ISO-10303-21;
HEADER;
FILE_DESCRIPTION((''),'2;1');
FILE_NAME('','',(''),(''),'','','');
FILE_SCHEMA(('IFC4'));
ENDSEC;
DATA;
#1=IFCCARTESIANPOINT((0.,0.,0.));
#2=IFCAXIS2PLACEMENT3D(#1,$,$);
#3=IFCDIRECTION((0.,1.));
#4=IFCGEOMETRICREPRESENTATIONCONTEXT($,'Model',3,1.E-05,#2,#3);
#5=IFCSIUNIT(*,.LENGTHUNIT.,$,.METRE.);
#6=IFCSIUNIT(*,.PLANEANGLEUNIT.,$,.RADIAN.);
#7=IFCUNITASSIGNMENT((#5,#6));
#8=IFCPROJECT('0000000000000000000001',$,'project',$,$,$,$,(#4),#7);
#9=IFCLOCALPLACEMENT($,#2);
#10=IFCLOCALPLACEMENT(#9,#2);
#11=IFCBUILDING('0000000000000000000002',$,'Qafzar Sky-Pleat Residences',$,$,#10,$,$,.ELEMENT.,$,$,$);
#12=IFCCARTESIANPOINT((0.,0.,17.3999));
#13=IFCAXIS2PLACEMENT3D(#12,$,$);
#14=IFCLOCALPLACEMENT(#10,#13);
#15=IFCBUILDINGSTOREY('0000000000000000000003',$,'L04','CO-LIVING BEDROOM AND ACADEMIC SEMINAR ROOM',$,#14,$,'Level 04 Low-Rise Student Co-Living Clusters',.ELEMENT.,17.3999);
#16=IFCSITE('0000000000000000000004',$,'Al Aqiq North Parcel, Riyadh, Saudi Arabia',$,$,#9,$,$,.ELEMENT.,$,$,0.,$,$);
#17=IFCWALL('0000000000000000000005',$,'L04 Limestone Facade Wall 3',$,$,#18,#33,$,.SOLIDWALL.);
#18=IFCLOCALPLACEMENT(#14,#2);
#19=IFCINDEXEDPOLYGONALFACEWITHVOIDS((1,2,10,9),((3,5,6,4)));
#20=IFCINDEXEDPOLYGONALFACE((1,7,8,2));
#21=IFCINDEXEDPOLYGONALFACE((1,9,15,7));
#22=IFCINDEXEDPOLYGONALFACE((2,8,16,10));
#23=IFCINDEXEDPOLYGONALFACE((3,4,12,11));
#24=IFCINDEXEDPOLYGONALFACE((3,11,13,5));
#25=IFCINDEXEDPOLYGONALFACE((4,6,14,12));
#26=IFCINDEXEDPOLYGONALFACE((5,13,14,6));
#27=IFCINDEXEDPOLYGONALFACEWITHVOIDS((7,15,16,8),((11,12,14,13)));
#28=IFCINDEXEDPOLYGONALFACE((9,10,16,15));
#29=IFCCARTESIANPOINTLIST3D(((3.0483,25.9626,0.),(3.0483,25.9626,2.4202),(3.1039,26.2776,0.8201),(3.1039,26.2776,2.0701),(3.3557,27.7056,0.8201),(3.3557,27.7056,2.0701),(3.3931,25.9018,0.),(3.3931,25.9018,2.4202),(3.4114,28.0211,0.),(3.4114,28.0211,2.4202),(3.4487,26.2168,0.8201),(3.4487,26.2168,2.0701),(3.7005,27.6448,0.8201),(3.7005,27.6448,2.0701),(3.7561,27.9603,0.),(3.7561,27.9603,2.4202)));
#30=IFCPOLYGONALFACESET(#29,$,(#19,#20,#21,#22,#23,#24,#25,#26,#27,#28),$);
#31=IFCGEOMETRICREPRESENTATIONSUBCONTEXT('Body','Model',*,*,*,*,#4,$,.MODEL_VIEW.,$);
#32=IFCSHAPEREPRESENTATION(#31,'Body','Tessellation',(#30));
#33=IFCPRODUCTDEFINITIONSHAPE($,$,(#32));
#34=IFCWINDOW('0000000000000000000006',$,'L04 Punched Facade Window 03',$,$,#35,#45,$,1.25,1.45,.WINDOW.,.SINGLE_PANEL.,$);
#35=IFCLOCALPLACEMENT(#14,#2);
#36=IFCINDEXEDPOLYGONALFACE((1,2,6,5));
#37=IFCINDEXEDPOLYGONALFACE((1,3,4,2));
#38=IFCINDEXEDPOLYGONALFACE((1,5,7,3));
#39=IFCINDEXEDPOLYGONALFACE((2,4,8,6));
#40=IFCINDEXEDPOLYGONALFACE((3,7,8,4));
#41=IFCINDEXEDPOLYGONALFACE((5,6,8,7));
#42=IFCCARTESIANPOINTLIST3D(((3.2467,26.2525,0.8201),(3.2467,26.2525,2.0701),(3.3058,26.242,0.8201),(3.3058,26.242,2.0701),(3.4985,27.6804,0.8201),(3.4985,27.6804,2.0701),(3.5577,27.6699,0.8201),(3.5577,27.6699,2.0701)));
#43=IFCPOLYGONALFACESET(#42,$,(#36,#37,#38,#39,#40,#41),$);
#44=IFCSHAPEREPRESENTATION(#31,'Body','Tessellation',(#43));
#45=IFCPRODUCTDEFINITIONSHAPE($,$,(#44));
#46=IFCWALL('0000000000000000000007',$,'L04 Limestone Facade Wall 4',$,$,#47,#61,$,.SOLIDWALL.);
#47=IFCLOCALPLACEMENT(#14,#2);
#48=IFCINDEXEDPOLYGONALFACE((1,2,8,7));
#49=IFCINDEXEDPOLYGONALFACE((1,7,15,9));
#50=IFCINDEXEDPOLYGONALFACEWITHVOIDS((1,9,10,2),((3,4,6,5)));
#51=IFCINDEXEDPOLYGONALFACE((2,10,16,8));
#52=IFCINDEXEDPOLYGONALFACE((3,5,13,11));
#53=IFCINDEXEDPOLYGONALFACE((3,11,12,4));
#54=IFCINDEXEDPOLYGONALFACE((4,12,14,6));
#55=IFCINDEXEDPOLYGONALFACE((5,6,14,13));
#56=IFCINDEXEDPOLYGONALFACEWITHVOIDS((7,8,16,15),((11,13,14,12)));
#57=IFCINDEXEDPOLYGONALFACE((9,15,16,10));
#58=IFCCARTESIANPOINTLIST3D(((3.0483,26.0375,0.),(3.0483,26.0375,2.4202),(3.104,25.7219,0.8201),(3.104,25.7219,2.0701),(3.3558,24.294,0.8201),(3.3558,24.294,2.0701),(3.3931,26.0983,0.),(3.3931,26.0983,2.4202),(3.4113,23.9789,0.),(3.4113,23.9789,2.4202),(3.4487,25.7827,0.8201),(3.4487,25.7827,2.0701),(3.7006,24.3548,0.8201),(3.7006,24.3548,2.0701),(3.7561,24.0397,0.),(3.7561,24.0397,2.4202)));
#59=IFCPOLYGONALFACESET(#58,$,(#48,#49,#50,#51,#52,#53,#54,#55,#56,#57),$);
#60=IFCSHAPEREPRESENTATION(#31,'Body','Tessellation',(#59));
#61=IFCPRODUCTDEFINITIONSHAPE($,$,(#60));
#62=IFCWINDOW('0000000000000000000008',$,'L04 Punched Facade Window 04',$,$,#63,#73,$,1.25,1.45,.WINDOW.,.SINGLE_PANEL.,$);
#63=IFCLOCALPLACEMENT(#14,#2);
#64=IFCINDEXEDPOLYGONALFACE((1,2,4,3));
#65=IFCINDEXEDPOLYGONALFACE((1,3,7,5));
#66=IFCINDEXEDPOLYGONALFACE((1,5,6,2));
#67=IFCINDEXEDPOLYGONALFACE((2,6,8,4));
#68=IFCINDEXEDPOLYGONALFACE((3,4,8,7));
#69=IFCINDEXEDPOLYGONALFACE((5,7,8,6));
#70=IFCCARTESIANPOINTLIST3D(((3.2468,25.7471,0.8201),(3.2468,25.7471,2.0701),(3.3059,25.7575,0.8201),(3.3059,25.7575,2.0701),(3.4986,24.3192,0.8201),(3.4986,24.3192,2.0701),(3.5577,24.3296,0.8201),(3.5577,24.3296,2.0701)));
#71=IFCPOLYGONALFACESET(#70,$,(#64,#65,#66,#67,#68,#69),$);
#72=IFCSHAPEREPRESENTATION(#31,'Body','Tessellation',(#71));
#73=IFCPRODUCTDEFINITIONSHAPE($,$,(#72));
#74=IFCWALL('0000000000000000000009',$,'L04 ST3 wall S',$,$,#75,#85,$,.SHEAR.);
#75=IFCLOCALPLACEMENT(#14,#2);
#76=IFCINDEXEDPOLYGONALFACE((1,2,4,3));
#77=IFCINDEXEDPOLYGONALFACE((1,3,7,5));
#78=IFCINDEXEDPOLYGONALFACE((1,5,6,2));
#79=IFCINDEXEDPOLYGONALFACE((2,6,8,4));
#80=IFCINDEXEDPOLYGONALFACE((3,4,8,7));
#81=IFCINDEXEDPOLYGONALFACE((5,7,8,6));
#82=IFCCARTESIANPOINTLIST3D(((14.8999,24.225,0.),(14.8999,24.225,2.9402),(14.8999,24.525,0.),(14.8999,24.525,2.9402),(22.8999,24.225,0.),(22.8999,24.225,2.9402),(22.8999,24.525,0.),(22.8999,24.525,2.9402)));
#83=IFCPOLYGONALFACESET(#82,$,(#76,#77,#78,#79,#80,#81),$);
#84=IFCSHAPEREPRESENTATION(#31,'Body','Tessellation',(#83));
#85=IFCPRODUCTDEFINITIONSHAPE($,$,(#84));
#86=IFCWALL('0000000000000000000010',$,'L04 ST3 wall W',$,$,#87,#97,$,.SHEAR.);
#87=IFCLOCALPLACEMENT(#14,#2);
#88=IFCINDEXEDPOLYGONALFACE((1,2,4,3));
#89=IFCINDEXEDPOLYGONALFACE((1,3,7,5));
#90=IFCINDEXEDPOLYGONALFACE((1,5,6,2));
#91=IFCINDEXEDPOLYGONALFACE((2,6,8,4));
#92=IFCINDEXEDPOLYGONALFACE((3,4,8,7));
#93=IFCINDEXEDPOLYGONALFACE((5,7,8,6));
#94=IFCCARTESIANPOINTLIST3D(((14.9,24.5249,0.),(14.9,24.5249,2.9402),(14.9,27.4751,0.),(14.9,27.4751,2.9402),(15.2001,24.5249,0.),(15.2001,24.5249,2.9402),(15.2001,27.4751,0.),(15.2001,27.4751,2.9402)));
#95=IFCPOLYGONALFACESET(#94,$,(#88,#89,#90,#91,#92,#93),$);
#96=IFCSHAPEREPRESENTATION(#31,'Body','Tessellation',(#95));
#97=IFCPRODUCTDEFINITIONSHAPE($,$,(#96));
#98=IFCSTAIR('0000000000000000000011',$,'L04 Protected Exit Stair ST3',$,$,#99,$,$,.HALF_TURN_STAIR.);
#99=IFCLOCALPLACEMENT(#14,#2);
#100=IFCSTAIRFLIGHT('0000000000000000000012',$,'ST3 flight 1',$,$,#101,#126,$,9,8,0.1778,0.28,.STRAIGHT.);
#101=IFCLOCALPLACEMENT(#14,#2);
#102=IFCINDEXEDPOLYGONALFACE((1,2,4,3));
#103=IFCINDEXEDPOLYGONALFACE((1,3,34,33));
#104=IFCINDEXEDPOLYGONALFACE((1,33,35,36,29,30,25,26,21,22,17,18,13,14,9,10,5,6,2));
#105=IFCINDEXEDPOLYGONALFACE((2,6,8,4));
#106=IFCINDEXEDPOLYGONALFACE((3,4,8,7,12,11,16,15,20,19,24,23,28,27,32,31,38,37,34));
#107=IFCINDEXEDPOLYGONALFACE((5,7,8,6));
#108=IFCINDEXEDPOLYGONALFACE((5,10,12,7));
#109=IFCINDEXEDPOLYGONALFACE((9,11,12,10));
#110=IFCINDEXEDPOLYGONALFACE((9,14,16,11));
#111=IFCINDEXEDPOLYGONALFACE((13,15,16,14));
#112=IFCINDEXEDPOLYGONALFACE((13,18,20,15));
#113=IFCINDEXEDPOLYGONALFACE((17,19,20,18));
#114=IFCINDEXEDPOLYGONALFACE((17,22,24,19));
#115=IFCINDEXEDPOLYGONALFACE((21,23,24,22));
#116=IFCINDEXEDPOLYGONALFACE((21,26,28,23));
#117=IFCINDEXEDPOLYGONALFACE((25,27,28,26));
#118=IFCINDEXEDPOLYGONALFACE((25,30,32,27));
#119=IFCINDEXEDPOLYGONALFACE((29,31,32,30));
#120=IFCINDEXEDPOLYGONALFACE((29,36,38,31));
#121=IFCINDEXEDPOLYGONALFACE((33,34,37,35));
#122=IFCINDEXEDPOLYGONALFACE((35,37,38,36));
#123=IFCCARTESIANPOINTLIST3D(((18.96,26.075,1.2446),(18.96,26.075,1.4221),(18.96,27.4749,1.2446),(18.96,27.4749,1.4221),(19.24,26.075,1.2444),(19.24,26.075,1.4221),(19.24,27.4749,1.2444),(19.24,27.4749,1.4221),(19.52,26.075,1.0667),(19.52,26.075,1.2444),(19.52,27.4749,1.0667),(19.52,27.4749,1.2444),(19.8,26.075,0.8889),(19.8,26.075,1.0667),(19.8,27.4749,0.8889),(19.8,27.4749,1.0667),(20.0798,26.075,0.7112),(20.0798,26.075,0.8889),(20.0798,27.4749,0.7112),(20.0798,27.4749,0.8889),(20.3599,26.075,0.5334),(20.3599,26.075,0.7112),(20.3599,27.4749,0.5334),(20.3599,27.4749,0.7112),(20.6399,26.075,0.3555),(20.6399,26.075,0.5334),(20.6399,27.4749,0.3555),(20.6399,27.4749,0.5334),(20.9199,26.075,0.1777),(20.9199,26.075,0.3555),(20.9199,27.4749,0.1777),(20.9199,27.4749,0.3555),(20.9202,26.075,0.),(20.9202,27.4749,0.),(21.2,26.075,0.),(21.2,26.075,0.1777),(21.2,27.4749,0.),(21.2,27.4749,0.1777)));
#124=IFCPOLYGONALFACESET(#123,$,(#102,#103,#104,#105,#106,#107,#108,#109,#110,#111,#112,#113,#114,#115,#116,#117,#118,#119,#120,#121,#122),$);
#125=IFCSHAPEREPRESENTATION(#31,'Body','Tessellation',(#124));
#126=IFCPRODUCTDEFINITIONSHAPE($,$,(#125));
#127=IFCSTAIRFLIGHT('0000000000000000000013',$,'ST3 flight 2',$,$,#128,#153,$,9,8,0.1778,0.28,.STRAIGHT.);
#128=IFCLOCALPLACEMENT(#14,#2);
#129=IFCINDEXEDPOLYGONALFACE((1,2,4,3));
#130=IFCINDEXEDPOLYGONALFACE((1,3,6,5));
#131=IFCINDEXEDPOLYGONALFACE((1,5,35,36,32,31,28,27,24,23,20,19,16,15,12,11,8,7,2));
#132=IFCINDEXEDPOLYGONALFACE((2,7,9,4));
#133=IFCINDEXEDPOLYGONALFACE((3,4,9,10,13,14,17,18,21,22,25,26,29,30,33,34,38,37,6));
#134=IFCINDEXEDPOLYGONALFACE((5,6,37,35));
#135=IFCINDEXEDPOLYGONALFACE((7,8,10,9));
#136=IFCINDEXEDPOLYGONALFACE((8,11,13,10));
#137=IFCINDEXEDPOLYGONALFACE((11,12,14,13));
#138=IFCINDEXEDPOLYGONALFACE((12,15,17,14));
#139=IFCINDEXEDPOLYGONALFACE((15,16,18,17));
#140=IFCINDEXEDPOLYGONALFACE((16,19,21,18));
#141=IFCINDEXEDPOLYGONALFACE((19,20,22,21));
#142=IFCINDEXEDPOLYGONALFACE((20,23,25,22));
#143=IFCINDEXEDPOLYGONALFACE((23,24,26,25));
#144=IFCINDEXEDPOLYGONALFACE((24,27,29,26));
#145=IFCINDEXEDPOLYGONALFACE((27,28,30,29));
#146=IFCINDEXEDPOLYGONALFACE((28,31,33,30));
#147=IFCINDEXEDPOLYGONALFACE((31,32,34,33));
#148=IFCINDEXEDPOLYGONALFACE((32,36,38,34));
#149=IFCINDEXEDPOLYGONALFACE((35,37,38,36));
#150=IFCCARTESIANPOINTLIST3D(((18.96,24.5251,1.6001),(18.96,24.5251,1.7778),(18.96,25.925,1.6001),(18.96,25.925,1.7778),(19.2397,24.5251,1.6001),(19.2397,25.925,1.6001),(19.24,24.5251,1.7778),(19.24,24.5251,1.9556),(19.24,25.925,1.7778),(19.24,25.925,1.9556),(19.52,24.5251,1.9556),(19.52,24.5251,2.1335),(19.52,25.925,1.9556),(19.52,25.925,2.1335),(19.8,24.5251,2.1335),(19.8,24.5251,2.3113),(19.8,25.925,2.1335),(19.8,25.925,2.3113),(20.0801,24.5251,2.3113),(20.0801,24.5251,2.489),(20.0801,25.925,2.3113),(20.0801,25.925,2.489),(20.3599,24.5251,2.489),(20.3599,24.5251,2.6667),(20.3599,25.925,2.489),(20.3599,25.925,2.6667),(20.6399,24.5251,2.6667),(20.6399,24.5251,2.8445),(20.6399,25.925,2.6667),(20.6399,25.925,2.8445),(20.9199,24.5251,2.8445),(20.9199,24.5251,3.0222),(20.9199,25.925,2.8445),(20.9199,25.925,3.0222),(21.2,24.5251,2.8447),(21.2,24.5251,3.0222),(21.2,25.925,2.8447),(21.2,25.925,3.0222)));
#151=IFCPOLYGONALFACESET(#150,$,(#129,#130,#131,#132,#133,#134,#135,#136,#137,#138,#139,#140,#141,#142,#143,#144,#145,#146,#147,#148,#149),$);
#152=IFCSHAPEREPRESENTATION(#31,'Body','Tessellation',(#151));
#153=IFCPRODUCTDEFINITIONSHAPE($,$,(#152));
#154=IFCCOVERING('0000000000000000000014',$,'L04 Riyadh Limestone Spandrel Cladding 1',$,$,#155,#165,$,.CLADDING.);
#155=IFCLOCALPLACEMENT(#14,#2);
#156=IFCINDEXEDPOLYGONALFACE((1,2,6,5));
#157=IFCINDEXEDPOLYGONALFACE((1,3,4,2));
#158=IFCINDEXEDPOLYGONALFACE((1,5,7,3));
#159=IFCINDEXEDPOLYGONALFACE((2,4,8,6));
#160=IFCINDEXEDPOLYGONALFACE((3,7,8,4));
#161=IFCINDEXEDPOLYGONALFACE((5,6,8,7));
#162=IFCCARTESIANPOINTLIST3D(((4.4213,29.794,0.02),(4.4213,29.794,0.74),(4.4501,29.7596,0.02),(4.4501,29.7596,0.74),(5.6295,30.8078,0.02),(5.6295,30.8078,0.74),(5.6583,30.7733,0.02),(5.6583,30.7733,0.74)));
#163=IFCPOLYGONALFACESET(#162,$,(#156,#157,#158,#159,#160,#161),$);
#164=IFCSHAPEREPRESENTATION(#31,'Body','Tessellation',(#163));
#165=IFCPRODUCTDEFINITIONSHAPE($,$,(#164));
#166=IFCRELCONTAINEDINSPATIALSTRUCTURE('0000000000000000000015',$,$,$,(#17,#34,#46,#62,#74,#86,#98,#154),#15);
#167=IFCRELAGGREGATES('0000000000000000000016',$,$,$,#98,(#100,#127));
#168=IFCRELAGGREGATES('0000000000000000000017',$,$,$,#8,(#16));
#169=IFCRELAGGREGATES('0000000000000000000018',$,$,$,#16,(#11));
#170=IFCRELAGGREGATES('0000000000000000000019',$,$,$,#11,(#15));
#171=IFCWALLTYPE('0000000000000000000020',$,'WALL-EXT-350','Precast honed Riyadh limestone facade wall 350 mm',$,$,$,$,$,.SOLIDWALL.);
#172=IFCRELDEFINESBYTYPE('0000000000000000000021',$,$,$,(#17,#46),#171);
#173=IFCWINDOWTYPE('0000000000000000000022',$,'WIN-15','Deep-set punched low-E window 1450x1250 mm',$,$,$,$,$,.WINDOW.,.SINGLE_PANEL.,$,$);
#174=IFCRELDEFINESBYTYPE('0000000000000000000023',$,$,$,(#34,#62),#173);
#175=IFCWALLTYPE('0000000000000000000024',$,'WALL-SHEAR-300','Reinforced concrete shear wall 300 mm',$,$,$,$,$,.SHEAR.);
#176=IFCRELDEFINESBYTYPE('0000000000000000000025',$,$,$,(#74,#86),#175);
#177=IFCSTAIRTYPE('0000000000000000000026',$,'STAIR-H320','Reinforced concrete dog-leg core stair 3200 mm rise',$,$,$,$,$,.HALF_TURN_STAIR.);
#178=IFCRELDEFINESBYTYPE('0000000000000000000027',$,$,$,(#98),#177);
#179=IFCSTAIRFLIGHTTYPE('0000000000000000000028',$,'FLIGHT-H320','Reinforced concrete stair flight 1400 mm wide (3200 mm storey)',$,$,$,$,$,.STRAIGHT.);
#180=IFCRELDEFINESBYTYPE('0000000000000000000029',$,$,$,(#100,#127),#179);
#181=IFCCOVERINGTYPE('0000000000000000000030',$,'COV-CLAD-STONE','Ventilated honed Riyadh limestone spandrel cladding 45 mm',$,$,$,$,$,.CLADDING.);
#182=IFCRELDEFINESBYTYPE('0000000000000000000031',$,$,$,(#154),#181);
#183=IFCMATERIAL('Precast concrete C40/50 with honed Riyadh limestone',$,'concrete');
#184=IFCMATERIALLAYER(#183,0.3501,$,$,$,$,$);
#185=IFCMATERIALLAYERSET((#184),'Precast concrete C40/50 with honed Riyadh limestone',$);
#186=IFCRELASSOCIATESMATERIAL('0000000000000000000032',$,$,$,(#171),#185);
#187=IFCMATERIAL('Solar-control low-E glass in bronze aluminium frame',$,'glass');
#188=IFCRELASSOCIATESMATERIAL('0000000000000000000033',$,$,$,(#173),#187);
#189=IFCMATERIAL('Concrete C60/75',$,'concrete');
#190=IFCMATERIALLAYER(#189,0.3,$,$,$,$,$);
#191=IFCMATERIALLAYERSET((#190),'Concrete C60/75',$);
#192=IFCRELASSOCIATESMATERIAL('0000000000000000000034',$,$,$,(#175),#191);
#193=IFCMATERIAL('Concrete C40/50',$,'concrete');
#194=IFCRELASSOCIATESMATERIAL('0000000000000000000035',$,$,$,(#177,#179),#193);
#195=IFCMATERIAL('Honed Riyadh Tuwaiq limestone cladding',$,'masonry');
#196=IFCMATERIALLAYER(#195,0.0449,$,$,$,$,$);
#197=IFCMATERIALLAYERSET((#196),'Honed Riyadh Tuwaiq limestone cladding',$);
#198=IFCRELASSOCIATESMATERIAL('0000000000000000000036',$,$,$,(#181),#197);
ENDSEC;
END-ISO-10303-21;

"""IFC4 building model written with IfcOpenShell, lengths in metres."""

from ifc_helpers import new_model, si_unit, direction, frame, frame_2d, origin, origin_2d, place, context, subcontext, project, spatial, polyline, rectangle, outline, extrude, source, transform, mapped, material, layer, layer_set, type_object, element, fill, aggregate, save


model = new_model("IFC4")

# Units and contexts
model_context = context("Model", 3, precision=1e-05, world=origin(), true_north=direction((0.0, 1.0)))
body_context = subcontext(model_context, "Body", "Model", "MODEL_VIEW")
ifc_project = project(units=[si_unit("LENGTHUNIT", "METRE"), si_unit("PLANEANGLEUNIT", "RADIAN")], contexts=[model_context])

# Site, building, storey
site_placement = place(None, origin())
site = spatial("IfcSite", under=ifc_project, at=site_placement, Name="Al Aqiq North Parcel, Riyadh, Saudi Arabia", CompositionType="ELEMENT", RefElevation=0.0)
building_placement = place(site_placement, origin())
building = spatial("IfcBuilding", under=site, at=building_placement, Name="Qafzar Sky-Pleat Residences", CompositionType="ELEMENT")
storey_placement = place(building_placement, frame((0.0, 0.0, 17.3999)))
storey = spatial("IfcBuildingStorey", under=building, at=storey_placement, Name="L04", Description="CO-LIVING BEDROOM AND ACADEMIC SEMINAR ROOM", LongName="Level 04 Low-Rise Student Co-Living Clusters", CompositionType="ELEMENT", Elevation=17.3999)

# Shared definitions
ifc_material_1 = material(Name="Concrete C60/75", Category="concrete")

# Shared definitions
ifc_material_2 = material(Name="Precast concrete C40/50 with honed Riyadh limestone", Category="concrete")
ifc_layer_1 = layer(ifc_material_2, 0.3501)
ifc_layer_set_1 = layer_set([ifc_layer_1], Name="Precast concrete C40/50 with honed Riyadh limestone")
wall_type_1 = type_object("IfcWallType", Name="WALL-EXT-350", Description="Precast honed Riyadh limestone facade wall 350 mm", PredefinedType="SOLIDWALL", material=ifc_layer_set_1)

# Walls, openings, windows
ifc_material_3 = material(Name="Solar-control low-E glass in bronze aluminium frame", Category="glass")
window_type = type_object("IfcWindowType", Name="WIN-15", Description="Deep-set punched low-E window 1450x1250 mm", PartitioningType="SINGLE_PANEL", PredefinedType="WINDOW", material=ifc_material_3)
shared_shape_1 = source(origin(), body_context, "Body", "SweptSolid", [
    extrude(rectangle(XDim=1.45, YDim=1.25, at=frame_2d((0.7251, 0.625))), frame((0.0, 0.03, 0.0), z_axis=(0.0, -1.0, 0.0), x_axis=(1.0, 0.0, 0.0)), (0.0, 0.0, 1.0), 0.0601),
])
wall_1_placement = place(storey_placement, frame((3.5837, 27.9907, 0.0), z_axis=(0.0, 0.0, 1.0), x_axis=(-0.173672, -0.984804, 0.0)))
wall_1 = element("IfcWall", 1, at=wall_1_placement, inside=storey, type_object=wall_type_1, Name="L04 Limestone Facade Wall 3", PredefinedType="SOLIDWALL", context=body_context, shape_type="SweptSolid", body=[
    extrude(rectangle(XDim=2.0903, YDim=0.3501, at=frame_2d((1.0452, 0.0))), origin(), (0.0, 0.0, 1.0), 2.4202),
])
opening_1_placement = place(wall_1_placement, frame((0.3203, 0.0, 0.8201)))
opening_1 = element("IfcOpeningElement", 2, at=opening_1_placement, cuts=wall_1, PredefinedType="OPENING", context=body_context, shape_type="SweptSolid", body=[
    extrude(rectangle(XDim=1.45, YDim=1.25, at=frame_2d((0.7251, 0.625))), frame((0.0, 0.1851, 0.0), z_axis=(0.0, -1.0, 0.0), x_axis=(1.0, 0.0, 0.0)), (0.0, 0.0, 1.0), 0.3701),
])
window_1_placement = place(opening_1_placement, origin())
window_1 = element("IfcWindow", 3, at=window_1_placement, inside=storey, type_object=window_type, Name="L04 Punched Facade Window 03", OverallHeight=1.25, OverallWidth=1.45, PartitioningType="SINGLE_PANEL", PredefinedType="WINDOW", context=body_context, shape_type="MappedRepresentation", body=[
    mapped(shared_shape_1, transform((0.0, 0.0, 0.0), x_axis=(1.0, 0.0, 0.0), y_axis=(0.0, 1.0, 0.0), z_axis=(0.0, 0.0, 1.0), scale=1.0)),
])
fill(opening_1, window_1)
wall_2_placement = place(storey_placement, frame((3.2207, 26.0679, 0.0), z_axis=(0.0, 0.0, 1.0), x_axis=(0.173672, -0.984804, 0.0)))
wall_2 = element("IfcWall", 4, at=wall_2_placement, inside=storey, type_object=wall_type_1, Name="L04 Limestone Facade Wall 4", PredefinedType="SOLIDWALL", context=body_context, shape_type="SweptSolid", body=[
    extrude(rectangle(XDim=2.0903, YDim=0.3501, at=frame_2d((1.0452, 0.0))), origin(), (0.0, 0.0, 1.0), 2.4202),
])
opening_2_placement = place(wall_2_placement, frame((0.3203, 0.0, 0.8201)))
opening_2 = element("IfcOpeningElement", 5, at=opening_2_placement, cuts=wall_2, PredefinedType="OPENING", context=body_context, shape_type="SweptSolid", body=[
    extrude(rectangle(XDim=1.45, YDim=1.25, at=frame_2d((0.7251, 0.625))), frame((0.0, 0.1851, 0.0), z_axis=(0.0, -1.0, 0.0), x_axis=(1.0, 0.0, 0.0)), (0.0, 0.0, 1.0), 0.3701),
])
window_2_placement = place(opening_2_placement, origin())
window_2 = element("IfcWindow", 6, at=window_2_placement, inside=storey, type_object=window_type, Name="L04 Punched Facade Window 04", OverallHeight=1.25, OverallWidth=1.45, PartitioningType="SINGLE_PANEL", PredefinedType="WINDOW", context=body_context, shape_type="MappedRepresentation", body=[
    mapped(shared_shape_1, transform((0.0, 0.0, 0.0), x_axis=(1.0, 0.0, 0.0), y_axis=(0.0, 1.0, 0.0), z_axis=(0.0, 0.0, 1.0), scale=1.0)),
])
fill(opening_2, window_2)

# Walls
ifc_layer_2 = layer(ifc_material_1, 0.3)
ifc_layer_set_2 = layer_set([ifc_layer_2], Name="Concrete C60/75")
wall_type_2 = type_object("IfcWallType", Name="WALL-SHEAR-300", Description="Reinforced concrete shear wall 300 mm", PredefinedType="SHEAR", material=ifc_layer_set_2)
wall_3_placement = place(storey_placement, frame((14.8999, 24.375, 0.0), z_axis=(0.0, 0.0, 1.0), x_axis=(1.0, 0.0, 0.0)))
element("IfcWall", 7, at=wall_3_placement, inside=storey, type_object=wall_type_2, Name="L04 ST3 wall S", PredefinedType="SHEAR", context=body_context, shape_type="SweptSolid", body=[
    extrude(rectangle(XDim=8.0, YDim=0.3, at=frame_2d((4.0, 0.0))), origin(), (0.0, 0.0, 1.0), 2.9402),
])
wall_4_placement = place(storey_placement, frame((15.05, 27.4751, 0.0), z_axis=(0.0, 0.0, 1.0), x_axis=(0.0, -1.0, 0.0)))
element("IfcWall", 8, at=wall_4_placement, inside=storey, type_object=wall_type_2, Name="L04 ST3 wall W", PredefinedType="SHEAR", context=body_context, shape_type="SweptSolid", body=[
    extrude(rectangle(XDim=2.9502, YDim=0.3, at=frame_2d((1.4751, 0.0))), origin(), (0.0, 0.0, 1.0), 2.9402),
])

# Stair, stair flights
ifc_material_4 = material(Name="Concrete C40/50", Category="concrete")
stair_type = type_object("IfcStairType", Name="STAIR-H320", Description="Reinforced concrete dog-leg core stair 3200 mm rise", PredefinedType="HALF_TURN_STAIR", material=ifc_material_4)
stair_placement = place(storey_placement, origin())
stair = element("IfcStair", 9, at=stair_placement, inside=storey, type_object=stair_type, Name="L04 Protected Exit Stair ST3", PredefinedType="HALF_TURN_STAIR")
stair_flight_type = type_object("IfcStairFlightType", Name="FLIGHT-H320", Description="Reinforced concrete stair flight 1400 mm wide (3200 mm storey)", PredefinedType="STRAIGHT", material=ifc_material_4)
shared_shape_2 = source(origin(), body_context, "Body", "SweptSolid", [
    extrude(outline(polyline([(0.0, 0.0), (0.0, 0.1777), (0.28, 0.1777), (0.28, 0.3555), (0.5601, 0.3555), (0.5601, 0.5334), (0.8401, 0.5334), (0.8401, 0.7112), (1.1201, 0.7112), (1.1201, 0.8889), (1.3999, 0.8889), (1.3999, 1.0667), (1.6799, 1.0667), (1.6799, 1.2444), (1.96, 1.2444), (1.96, 1.4221), (2.24, 1.4221), (2.24, 1.6001), (2.24, 1.2446), (0.2798, 0.0), (0.0, 0.0)])), frame((0.0, 0.7, 0.0), z_axis=(0.0, -1.0, 0.0), x_axis=(1.0, 0.0, 0.0)), (0.0, 0.0, 1.0), 1.3999),
])
stair_flight_1_placement = place(storey_placement, frame((21.2, 26.7749, 0.0), z_axis=(0.0, 0.0, 1.0), x_axis=(-1.0, 0.0, 0.0)))
stair_flight_1 = element("IfcStairFlight", 10, at=stair_flight_1_placement, type_object=stair_flight_type, Name="ST3 flight 1", NumberOfRisers=9, NumberOfTreads=8, PredefinedType="STRAIGHT", RiserHeight=0.1778, TreadLength=0.28, context=body_context, shape_type="MappedRepresentation", body=[
    mapped(shared_shape_2, transform((0.0, 0.0, 0.0), x_axis=(1.0, 0.0, 0.0), y_axis=(0.0, 1.0, 0.0), z_axis=(0.0, 0.0, 1.0), scale=1.0)),
])
stair_flight_2_placement = place(storey_placement, frame((18.96, 25.2251, 1.6001), z_axis=(0.0, 0.0, 1.0), x_axis=(1.0, 0.0, 0.0)))
stair_flight_2 = element("IfcStairFlight", 11, at=stair_flight_2_placement, type_object=stair_flight_type, Name="ST3 flight 2", NumberOfRisers=9, NumberOfTreads=8, PredefinedType="STRAIGHT", RiserHeight=0.1778, TreadLength=0.28, context=body_context, shape_type="MappedRepresentation", body=[
    mapped(shared_shape_2, transform((0.0, 0.0, 0.0), x_axis=(1.0, 0.0, 0.0), y_axis=(0.0, 1.0, 0.0), z_axis=(0.0, 0.0, 1.0), scale=1.0)),
])
aggregate(stair, [stair_flight_1, stair_flight_2])

# Covering
ifc_material_5 = material(Name="Honed Riyadh Tuwaiq limestone cladding", Category="masonry")
ifc_layer_3 = layer(ifc_material_5, 0.0449)
ifc_layer_set_3 = layer_set([ifc_layer_3], Name="Honed Riyadh Tuwaiq limestone cladding")
covering_type = type_object("IfcCoveringType", Name="COV-CLAD-STONE", Description="Ventilated honed Riyadh limestone spandrel cladding 45 mm", PredefinedType="CLADDING", material=ifc_layer_set_3)
shared_shape_3 = source(origin(), body_context, "Body", "SweptSolid", [
    extrude(rectangle(XDim=1.5771, YDim=0.0449, at=origin_2d()), origin(), (0.0, 0.0, 1.0), 0.72),
])
covering_1_placement = place(storey_placement, frame((5.0398, 30.2837, 0.02), z_axis=(0.0, 0.0, 1.0), x_axis=(-0.766075, -0.642752, 0.0)))
element("IfcCovering", 12, at=covering_1_placement, inside=storey, type_object=covering_type, Name="L04 Riyadh Limestone Spandrel Cladding 1", PredefinedType="CLADDING", context=body_context, shape_type="MappedRepresentation", body=[
    mapped(shared_shape_3, transform((0.0, 0.0, 0.0), x_axis=(1.0, 0.0, 0.0), y_axis=(0.0, 1.0, 0.0), z_axis=(0.0, 0.0, 1.0), scale=1.0)),
])

save(model, "model.ifc")
